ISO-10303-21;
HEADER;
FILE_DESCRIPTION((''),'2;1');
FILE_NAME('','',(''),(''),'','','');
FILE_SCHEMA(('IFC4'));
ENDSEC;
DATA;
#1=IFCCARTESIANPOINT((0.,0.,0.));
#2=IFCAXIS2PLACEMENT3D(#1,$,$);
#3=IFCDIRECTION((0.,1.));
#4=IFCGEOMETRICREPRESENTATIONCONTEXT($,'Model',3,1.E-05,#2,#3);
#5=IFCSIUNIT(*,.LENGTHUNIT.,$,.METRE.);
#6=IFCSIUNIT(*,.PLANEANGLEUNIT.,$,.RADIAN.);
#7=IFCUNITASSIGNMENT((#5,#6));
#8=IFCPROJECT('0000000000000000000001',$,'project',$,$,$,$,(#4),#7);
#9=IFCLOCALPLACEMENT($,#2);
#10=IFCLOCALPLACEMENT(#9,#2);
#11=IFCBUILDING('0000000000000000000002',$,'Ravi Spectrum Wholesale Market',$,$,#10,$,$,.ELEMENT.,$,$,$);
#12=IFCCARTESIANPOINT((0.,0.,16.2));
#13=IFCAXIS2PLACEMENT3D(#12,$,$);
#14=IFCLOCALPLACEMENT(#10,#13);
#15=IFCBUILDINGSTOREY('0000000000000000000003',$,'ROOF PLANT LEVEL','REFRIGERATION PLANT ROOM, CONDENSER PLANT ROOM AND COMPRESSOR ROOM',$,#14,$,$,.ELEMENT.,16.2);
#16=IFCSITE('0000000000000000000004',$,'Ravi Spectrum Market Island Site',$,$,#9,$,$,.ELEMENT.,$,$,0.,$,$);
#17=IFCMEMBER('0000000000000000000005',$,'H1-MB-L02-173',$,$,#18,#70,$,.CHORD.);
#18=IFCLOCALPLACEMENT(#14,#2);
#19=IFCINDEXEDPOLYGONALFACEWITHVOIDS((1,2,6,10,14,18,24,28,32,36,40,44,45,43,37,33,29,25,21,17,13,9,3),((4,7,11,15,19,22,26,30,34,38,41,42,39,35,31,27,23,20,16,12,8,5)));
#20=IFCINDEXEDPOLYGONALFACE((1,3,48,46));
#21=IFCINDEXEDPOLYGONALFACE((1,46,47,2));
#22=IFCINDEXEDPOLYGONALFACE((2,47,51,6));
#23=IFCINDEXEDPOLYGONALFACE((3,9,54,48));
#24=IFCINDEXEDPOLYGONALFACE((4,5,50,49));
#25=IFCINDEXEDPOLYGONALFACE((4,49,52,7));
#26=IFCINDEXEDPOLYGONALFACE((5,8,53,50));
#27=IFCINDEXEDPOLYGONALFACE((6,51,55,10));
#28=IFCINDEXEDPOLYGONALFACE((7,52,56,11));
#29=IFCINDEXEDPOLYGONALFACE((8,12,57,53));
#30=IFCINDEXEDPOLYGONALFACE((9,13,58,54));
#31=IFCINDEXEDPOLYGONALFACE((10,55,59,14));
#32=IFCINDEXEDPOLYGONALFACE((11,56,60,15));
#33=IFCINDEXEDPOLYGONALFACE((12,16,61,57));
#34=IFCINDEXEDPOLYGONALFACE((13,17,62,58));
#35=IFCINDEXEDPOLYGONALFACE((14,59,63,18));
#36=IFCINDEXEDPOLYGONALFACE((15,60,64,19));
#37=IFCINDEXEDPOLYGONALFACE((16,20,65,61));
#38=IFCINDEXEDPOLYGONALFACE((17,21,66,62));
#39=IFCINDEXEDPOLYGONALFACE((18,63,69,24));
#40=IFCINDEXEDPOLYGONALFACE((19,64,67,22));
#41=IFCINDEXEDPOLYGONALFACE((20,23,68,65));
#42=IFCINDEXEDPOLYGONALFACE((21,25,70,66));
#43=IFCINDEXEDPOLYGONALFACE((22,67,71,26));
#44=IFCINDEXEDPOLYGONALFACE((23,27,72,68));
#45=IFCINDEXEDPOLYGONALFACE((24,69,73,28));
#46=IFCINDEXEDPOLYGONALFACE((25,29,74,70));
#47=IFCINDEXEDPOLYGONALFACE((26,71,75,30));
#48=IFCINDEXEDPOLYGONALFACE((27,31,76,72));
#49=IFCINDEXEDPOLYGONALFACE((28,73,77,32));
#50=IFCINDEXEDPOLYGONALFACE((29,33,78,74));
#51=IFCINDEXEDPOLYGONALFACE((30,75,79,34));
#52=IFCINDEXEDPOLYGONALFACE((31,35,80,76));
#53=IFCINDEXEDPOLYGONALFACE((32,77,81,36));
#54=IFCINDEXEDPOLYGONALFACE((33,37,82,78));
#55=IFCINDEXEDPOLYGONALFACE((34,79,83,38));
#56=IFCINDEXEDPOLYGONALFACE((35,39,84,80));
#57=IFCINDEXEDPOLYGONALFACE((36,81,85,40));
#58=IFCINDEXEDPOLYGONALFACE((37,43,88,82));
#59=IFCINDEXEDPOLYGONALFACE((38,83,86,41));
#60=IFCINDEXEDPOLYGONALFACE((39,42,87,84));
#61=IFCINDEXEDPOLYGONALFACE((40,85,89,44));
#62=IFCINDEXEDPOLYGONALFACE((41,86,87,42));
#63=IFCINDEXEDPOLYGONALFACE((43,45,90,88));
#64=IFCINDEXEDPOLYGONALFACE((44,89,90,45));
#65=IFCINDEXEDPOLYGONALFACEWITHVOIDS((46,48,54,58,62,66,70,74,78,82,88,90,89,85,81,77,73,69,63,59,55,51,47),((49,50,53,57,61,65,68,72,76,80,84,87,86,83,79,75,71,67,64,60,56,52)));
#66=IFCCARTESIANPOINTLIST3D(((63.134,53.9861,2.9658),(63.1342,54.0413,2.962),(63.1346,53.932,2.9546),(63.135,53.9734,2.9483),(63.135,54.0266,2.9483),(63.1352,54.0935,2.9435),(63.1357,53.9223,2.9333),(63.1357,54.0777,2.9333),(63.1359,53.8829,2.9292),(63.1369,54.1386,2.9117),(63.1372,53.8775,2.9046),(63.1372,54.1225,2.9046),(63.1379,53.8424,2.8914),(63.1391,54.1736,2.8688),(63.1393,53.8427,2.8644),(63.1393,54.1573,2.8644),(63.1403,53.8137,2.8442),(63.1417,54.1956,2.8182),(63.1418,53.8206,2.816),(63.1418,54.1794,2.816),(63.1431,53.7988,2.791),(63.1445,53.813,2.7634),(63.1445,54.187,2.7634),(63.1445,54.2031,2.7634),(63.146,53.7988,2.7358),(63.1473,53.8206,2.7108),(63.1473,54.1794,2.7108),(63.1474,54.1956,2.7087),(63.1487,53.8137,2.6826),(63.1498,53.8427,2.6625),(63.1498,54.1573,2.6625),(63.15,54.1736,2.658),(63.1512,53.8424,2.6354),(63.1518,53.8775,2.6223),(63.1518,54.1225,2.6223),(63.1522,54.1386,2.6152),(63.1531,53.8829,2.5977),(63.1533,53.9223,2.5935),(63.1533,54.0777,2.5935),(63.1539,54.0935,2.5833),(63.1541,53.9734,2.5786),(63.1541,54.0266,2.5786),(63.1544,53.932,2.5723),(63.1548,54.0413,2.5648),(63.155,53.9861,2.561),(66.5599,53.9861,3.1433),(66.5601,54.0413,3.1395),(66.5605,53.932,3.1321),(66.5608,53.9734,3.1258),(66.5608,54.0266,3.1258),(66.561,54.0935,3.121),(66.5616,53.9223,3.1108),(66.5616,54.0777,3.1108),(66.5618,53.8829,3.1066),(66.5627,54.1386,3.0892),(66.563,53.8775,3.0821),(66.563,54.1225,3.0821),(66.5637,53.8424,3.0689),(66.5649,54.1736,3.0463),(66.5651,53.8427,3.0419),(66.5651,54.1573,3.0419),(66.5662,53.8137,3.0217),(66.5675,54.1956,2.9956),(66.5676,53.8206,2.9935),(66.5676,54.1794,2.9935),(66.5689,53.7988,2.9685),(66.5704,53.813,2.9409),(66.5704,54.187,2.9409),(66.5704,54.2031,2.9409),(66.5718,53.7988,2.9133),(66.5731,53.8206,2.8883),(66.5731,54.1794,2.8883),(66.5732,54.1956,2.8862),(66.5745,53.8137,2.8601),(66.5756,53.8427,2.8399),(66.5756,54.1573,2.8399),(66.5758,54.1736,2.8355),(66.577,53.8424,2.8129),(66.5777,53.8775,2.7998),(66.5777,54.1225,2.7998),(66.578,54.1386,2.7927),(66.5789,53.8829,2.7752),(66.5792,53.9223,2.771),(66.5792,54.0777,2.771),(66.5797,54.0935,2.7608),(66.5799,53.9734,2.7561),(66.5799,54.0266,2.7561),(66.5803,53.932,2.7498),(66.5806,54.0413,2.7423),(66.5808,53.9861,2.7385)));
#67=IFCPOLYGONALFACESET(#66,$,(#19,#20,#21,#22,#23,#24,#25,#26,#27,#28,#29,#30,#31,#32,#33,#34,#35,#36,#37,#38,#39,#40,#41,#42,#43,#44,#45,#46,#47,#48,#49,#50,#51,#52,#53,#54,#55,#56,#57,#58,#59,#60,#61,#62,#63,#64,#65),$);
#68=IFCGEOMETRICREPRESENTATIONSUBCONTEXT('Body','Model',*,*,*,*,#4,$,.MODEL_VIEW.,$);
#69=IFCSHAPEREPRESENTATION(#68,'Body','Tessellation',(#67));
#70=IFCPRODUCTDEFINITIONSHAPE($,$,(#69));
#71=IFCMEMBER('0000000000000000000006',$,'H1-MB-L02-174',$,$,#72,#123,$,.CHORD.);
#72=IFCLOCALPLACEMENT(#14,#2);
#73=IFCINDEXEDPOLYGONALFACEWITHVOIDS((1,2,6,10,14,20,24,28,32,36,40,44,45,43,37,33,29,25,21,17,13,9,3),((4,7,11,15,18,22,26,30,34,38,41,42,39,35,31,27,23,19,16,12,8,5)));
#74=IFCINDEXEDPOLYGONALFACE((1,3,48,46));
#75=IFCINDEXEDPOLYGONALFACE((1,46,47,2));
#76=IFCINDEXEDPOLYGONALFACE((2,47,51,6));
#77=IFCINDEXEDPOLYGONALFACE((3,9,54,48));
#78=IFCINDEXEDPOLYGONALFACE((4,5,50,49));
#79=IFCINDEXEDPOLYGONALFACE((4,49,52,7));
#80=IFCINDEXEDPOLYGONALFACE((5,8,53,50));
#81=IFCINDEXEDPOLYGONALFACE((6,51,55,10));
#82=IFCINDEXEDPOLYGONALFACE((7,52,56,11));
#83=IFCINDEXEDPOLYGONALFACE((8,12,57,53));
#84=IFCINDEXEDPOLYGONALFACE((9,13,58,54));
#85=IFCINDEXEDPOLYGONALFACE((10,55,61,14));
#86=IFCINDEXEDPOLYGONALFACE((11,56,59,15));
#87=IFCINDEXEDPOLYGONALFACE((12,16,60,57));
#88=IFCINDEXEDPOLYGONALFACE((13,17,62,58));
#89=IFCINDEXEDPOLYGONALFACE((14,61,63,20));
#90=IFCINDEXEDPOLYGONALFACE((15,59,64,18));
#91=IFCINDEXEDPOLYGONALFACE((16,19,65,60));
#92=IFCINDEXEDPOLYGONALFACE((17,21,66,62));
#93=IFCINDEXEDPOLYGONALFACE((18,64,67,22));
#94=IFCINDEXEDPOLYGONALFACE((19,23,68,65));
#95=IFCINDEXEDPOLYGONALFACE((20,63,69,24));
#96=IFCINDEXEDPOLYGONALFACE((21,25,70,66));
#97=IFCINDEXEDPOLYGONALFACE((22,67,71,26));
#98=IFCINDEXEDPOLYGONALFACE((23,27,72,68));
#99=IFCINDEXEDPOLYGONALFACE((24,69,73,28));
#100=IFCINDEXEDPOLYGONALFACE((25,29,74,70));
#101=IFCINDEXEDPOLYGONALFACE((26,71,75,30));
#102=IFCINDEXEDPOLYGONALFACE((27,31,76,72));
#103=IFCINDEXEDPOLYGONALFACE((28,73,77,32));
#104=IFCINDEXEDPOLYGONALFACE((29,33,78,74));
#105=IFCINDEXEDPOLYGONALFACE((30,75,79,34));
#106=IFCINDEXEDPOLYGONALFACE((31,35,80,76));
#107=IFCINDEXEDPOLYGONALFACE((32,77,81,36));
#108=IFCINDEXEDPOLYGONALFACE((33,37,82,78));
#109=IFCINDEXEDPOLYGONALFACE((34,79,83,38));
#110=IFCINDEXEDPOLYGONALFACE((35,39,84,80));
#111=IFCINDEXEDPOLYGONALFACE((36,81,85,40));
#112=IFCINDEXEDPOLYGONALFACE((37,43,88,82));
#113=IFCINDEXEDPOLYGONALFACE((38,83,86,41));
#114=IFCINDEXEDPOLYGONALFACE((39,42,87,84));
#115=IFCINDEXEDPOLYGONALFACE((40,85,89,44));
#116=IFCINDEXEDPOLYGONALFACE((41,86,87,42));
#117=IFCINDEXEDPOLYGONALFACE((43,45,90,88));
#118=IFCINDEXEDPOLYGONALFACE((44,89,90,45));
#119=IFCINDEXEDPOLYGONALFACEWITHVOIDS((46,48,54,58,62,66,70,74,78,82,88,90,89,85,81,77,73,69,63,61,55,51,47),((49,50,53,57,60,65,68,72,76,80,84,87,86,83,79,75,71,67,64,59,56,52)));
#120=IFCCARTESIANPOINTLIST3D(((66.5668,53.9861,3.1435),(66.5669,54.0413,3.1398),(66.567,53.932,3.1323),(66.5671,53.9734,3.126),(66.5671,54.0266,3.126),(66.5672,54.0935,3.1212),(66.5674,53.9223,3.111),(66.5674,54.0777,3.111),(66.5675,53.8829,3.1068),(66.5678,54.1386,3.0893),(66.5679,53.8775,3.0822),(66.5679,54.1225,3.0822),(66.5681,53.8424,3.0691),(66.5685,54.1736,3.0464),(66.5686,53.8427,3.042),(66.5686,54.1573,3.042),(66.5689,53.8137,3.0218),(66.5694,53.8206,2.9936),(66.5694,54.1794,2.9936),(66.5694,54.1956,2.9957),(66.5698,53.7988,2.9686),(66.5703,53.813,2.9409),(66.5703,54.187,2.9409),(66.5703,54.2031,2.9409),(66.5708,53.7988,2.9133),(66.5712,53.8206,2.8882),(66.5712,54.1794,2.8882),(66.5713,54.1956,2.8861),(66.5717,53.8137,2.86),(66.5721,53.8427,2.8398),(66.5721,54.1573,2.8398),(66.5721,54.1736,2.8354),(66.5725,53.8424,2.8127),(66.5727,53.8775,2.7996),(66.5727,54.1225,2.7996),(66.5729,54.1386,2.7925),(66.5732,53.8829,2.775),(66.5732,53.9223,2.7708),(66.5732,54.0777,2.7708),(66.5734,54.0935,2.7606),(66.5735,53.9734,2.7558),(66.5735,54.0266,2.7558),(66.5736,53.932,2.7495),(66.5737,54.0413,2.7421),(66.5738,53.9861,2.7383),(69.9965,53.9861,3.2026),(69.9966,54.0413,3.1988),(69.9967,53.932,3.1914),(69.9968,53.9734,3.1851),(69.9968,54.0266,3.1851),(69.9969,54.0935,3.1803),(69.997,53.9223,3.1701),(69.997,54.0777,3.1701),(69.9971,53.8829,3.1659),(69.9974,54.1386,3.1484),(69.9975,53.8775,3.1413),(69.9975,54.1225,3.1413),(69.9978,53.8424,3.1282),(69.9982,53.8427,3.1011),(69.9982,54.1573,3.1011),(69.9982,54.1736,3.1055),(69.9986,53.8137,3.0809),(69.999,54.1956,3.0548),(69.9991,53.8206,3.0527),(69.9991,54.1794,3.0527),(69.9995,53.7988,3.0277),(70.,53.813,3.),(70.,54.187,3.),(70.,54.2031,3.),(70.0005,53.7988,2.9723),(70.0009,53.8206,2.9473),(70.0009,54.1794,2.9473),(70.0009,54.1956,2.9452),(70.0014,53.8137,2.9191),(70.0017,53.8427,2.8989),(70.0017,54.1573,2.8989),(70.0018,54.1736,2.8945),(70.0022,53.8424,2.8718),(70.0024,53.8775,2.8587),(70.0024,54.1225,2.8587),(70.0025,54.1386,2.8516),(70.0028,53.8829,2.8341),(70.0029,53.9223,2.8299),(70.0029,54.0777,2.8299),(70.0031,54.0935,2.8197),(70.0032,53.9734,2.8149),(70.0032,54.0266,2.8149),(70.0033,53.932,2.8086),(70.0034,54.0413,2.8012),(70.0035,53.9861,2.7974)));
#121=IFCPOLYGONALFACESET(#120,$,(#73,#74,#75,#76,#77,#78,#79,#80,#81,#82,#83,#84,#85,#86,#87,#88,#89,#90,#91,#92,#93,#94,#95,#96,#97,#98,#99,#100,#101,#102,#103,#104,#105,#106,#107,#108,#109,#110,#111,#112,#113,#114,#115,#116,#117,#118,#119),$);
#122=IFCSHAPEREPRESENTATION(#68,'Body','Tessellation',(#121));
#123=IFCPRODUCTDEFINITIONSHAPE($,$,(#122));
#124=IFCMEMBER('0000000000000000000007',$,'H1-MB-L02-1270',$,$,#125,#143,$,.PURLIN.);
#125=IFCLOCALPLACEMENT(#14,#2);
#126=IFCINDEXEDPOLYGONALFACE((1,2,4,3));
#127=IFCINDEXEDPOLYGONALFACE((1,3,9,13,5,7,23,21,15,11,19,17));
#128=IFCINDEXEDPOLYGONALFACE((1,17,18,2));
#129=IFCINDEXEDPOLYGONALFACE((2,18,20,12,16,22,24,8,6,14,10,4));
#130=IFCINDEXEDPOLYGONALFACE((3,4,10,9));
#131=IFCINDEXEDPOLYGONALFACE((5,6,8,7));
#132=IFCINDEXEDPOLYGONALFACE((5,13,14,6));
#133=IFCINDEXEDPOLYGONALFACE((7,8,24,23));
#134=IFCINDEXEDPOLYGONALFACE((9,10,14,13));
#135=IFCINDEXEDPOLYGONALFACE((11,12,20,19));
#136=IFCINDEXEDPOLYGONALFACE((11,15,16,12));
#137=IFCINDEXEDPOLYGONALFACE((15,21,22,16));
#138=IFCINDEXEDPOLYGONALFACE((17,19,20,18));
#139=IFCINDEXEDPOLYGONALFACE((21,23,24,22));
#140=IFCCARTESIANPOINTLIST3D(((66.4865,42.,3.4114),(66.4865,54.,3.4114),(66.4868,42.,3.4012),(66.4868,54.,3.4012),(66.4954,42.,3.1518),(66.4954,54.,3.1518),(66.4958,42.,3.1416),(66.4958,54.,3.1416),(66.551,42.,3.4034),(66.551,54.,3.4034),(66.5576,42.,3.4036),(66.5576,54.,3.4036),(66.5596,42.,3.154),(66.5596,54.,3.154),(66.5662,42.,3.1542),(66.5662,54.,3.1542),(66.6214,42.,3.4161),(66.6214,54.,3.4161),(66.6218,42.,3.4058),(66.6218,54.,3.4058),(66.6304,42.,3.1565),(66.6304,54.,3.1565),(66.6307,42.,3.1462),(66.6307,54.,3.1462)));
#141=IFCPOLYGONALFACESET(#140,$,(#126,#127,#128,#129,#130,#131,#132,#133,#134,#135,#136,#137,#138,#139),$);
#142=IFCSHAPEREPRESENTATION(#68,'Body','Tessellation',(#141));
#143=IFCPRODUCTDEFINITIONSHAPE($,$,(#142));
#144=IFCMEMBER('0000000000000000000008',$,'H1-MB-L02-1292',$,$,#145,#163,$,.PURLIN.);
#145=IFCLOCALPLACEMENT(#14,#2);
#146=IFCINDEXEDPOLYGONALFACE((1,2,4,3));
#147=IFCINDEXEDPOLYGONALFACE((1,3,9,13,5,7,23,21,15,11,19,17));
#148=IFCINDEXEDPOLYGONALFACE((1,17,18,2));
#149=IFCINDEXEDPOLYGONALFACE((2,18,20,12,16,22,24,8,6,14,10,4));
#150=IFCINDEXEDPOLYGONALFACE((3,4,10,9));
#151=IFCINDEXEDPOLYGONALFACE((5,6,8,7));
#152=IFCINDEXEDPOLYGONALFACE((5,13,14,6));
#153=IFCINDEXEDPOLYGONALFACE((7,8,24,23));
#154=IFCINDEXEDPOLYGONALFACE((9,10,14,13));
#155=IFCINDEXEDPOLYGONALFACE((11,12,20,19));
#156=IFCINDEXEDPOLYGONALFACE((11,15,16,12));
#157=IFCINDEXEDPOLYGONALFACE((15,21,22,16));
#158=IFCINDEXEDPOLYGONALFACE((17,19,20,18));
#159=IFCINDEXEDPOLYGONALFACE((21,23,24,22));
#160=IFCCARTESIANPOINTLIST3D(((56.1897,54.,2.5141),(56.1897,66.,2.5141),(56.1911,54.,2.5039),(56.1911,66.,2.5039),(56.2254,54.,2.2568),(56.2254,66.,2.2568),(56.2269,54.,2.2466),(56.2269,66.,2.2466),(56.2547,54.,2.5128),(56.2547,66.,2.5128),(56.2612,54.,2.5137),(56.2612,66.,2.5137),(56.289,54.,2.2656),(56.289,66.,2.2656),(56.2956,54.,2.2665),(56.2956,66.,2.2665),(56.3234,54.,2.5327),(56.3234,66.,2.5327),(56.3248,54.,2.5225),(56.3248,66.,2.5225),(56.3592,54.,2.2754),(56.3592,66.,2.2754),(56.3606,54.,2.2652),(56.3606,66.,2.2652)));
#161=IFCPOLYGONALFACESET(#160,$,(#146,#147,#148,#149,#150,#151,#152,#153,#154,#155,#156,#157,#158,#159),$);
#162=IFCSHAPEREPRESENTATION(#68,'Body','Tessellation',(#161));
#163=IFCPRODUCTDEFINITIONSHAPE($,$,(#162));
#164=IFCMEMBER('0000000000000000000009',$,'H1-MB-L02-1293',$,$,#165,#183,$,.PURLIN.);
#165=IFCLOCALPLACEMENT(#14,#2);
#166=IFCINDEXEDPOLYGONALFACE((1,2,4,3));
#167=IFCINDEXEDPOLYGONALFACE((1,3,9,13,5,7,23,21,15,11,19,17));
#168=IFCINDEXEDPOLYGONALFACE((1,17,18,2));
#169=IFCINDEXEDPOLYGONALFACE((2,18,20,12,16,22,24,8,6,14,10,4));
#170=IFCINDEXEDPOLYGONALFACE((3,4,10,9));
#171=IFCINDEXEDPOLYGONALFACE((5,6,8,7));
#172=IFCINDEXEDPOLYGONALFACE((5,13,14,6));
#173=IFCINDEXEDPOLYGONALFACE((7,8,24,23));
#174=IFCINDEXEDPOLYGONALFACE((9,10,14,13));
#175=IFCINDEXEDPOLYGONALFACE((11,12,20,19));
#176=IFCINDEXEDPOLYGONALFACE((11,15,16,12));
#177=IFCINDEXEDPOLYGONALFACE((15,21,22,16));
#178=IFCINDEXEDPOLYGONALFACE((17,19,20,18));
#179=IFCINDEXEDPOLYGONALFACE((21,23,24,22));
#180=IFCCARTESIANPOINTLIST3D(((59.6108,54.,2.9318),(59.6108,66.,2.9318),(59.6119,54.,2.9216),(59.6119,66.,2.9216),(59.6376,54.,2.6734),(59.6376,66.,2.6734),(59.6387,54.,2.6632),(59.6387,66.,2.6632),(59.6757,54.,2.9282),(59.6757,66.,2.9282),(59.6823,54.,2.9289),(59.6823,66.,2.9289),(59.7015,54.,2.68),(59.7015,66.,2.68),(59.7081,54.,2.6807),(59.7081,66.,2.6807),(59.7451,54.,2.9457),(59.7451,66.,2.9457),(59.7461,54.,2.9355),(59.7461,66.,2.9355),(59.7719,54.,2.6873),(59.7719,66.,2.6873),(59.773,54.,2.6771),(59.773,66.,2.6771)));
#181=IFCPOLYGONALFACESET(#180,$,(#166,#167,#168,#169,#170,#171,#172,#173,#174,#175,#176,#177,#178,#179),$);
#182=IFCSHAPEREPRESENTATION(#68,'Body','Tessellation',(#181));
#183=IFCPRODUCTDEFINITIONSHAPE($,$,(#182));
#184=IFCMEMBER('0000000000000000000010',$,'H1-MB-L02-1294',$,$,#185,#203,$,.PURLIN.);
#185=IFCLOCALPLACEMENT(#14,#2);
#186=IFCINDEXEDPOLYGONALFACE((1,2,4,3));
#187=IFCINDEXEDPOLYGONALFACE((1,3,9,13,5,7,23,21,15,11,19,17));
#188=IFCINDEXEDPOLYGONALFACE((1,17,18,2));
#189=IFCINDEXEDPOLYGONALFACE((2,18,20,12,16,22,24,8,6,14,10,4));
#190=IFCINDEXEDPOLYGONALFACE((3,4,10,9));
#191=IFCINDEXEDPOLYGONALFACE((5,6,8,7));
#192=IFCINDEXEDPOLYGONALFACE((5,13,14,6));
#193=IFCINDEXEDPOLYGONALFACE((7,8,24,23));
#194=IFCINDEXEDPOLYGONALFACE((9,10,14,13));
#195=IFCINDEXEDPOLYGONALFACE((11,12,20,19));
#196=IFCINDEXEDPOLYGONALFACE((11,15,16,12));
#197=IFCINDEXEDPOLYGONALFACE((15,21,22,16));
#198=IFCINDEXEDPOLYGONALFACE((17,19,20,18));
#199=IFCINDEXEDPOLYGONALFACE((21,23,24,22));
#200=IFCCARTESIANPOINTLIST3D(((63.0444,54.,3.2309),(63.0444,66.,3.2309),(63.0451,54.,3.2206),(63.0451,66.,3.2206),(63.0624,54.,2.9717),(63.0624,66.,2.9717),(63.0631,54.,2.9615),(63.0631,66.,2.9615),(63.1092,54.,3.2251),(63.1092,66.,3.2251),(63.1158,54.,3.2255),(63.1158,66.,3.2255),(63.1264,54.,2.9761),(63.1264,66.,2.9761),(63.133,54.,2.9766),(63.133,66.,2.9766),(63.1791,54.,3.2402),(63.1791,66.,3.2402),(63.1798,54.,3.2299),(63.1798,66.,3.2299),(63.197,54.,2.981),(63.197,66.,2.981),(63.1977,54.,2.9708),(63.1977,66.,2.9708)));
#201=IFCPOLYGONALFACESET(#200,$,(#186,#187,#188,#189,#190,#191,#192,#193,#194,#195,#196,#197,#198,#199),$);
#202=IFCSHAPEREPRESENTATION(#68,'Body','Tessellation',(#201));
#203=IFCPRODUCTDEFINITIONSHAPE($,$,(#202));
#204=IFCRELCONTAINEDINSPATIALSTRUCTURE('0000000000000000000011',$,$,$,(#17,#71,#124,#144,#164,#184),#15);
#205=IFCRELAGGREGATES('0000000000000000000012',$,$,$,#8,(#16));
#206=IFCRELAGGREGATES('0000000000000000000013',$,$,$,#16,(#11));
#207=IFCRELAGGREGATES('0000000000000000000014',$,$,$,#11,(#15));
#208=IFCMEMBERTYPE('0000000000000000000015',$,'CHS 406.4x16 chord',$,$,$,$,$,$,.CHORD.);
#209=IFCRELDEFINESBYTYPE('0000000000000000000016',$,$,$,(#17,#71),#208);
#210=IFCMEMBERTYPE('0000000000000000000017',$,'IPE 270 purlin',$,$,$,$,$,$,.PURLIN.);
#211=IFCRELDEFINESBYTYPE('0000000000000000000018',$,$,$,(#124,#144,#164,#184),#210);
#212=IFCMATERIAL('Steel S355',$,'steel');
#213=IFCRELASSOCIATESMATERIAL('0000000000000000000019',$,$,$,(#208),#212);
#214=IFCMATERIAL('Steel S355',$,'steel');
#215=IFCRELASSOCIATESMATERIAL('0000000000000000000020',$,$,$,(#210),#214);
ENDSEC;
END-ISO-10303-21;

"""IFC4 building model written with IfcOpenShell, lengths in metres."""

from ifc_helpers import new_model, si_unit, direction, frame, origin, origin_2d, place, context, subcontext, project, spatial, hollow_circle, i_section, extrude, material, material_profile, profile_set, type_object, element, save


model = new_model("IFC4")

# Units and contexts
model_context = context("Model", 3, precision=1e-05, world=origin(), true_north=direction((0.0, 1.0)))
body_context = subcontext(model_context, "Body", "Model", "MODEL_VIEW")
ifc_project = project(units=[si_unit("LENGTHUNIT", "METRE"), si_unit("PLANEANGLEUNIT", "RADIAN")], contexts=[model_context])

# Site, building, storey
site_placement = place(None, origin())
site = spatial("IfcSite", under=ifc_project, at=site_placement, Name="Ravi Spectrum Market Island Site", CompositionType="ELEMENT", RefElevation=0.0)
building_placement = place(site_placement, origin())
building = spatial("IfcBuilding", under=site, at=building_placement, Name="Ravi Spectrum Wholesale Market", CompositionType="ELEMENT")
storey_placement = place(building_placement, frame((0.0, 0.0, 16.2)))
storey = spatial("IfcBuildingStorey", under=building, at=storey_placement, Name="ROOF PLANT LEVEL", Description="REFRIGERATION PLANT ROOM, CONDENSER PLANT ROOM AND COMPRESSOR ROOM", CompositionType="ELEMENT", Elevation=16.2)

# Members
ifc_material_1 = material(Name="Steel S355", Category="steel")
ifc_material_profile_1 = material_profile(ifc_material_1, hollow_circle(Radius=0.2031, WallThickness=0.0161, at=origin_2d()))
ifc_profile_set_1 = profile_set([ifc_material_profile_1], Name="Steel S355")
member_type_1 = type_object("IfcMemberType", Name="CHS 406.4x16 chord", PredefinedType="CHORD", material=ifc_profile_set_1)
for number, where, z_axis, x_axis, name in (
    (1, (63.1445, 54.0, 2.7634), (0.998661, 0.0, 0.051741), (0.0, 1.0, 0.0), "H1-MB-L02-173"),
):
    element("IfcMember", number, at=place(storey_placement, frame(where, z_axis=z_axis, x_axis=x_axis)), inside=storey, type_object=member_type_1, Name=name, PredefinedType="CHORD", context=body_context, shape_type="SweptSolid", body=[
        extrude(hollow_circle(Radius=0.2031, WallThickness=0.0161, at=origin_2d()), origin(), (0.0, 0.0, 1.0), 3.4304),
    ])
member_1_placement = place(storey_placement, frame((66.5703, 54.0, 2.9409), z_axis=(0.999852, 0.0, 0.017224), x_axis=(0.0, 1.0, 0.0)))
element("IfcMember", 2, at=member_1_placement, inside=storey, type_object=member_type_1, Name="H1-MB-L02-174", PredefinedType="CHORD", context=body_context, shape_type="SweptSolid", body=[
    extrude(hollow_circle(Radius=0.2031, WallThickness=0.0161, at=origin_2d()), origin(), (0.0, 0.0, 1.0), 3.4302),
])
ifc_material_2 = material(Name="Steel S355", Category="steel")
ifc_material_profile_2 = material_profile(ifc_material_2, i_section(OverallWidth=0.135, OverallDepth=0.27, WebThickness=0.0066, FlangeThickness=0.0103, at=origin_2d()))
ifc_profile_set_2 = profile_set([ifc_material_profile_2], Name="Steel S355")
member_type_2 = type_object("IfcMemberType", Name="IPE 270 purlin", PredefinedType="PURLIN", material=ifc_profile_set_2)
for number, where, z_axis, x_axis, name in (
    (3, (66.5586, 42.0, 3.2788), (0.0, 1.0, 0.0), (-0.999405, 0.0, -0.034492), "H1-MB-L02-1270"),
    (4, (56.2751, 54.0, 2.3896), (0.0, 1.0, 0.0), (-0.990494, 0.0, -0.137557), "H1-MB-L02-1292"),
    (5, (59.6919, 54.0, 2.8044), (0.0, 1.0, 0.0), (-0.994649, 0.0, -0.103311), "H1-MB-L02-1293"),
    (6, (63.1211, 54.0, 3.1008), (0.0, 1.0, 0.0), (-0.997621, 0.0, -0.068943), "H1-MB-L02-1294"),
):
    element("IfcMember", number, at=place(storey_placement, frame(where, z_axis=z_axis, x_axis=x_axis)), inside=storey, type_object=member_type_2, Name=name, PredefinedType="PURLIN", context=body_context, shape_type="SweptSolid", body=[
        extrude(i_section(OverallWidth=0.135, OverallDepth=0.27, WebThickness=0.0066, FlangeThickness=0.0103, at=origin_2d()), origin(), (0.0, 0.0, 1.0), 12.0),
    ])

save(model, "model.ifc")
